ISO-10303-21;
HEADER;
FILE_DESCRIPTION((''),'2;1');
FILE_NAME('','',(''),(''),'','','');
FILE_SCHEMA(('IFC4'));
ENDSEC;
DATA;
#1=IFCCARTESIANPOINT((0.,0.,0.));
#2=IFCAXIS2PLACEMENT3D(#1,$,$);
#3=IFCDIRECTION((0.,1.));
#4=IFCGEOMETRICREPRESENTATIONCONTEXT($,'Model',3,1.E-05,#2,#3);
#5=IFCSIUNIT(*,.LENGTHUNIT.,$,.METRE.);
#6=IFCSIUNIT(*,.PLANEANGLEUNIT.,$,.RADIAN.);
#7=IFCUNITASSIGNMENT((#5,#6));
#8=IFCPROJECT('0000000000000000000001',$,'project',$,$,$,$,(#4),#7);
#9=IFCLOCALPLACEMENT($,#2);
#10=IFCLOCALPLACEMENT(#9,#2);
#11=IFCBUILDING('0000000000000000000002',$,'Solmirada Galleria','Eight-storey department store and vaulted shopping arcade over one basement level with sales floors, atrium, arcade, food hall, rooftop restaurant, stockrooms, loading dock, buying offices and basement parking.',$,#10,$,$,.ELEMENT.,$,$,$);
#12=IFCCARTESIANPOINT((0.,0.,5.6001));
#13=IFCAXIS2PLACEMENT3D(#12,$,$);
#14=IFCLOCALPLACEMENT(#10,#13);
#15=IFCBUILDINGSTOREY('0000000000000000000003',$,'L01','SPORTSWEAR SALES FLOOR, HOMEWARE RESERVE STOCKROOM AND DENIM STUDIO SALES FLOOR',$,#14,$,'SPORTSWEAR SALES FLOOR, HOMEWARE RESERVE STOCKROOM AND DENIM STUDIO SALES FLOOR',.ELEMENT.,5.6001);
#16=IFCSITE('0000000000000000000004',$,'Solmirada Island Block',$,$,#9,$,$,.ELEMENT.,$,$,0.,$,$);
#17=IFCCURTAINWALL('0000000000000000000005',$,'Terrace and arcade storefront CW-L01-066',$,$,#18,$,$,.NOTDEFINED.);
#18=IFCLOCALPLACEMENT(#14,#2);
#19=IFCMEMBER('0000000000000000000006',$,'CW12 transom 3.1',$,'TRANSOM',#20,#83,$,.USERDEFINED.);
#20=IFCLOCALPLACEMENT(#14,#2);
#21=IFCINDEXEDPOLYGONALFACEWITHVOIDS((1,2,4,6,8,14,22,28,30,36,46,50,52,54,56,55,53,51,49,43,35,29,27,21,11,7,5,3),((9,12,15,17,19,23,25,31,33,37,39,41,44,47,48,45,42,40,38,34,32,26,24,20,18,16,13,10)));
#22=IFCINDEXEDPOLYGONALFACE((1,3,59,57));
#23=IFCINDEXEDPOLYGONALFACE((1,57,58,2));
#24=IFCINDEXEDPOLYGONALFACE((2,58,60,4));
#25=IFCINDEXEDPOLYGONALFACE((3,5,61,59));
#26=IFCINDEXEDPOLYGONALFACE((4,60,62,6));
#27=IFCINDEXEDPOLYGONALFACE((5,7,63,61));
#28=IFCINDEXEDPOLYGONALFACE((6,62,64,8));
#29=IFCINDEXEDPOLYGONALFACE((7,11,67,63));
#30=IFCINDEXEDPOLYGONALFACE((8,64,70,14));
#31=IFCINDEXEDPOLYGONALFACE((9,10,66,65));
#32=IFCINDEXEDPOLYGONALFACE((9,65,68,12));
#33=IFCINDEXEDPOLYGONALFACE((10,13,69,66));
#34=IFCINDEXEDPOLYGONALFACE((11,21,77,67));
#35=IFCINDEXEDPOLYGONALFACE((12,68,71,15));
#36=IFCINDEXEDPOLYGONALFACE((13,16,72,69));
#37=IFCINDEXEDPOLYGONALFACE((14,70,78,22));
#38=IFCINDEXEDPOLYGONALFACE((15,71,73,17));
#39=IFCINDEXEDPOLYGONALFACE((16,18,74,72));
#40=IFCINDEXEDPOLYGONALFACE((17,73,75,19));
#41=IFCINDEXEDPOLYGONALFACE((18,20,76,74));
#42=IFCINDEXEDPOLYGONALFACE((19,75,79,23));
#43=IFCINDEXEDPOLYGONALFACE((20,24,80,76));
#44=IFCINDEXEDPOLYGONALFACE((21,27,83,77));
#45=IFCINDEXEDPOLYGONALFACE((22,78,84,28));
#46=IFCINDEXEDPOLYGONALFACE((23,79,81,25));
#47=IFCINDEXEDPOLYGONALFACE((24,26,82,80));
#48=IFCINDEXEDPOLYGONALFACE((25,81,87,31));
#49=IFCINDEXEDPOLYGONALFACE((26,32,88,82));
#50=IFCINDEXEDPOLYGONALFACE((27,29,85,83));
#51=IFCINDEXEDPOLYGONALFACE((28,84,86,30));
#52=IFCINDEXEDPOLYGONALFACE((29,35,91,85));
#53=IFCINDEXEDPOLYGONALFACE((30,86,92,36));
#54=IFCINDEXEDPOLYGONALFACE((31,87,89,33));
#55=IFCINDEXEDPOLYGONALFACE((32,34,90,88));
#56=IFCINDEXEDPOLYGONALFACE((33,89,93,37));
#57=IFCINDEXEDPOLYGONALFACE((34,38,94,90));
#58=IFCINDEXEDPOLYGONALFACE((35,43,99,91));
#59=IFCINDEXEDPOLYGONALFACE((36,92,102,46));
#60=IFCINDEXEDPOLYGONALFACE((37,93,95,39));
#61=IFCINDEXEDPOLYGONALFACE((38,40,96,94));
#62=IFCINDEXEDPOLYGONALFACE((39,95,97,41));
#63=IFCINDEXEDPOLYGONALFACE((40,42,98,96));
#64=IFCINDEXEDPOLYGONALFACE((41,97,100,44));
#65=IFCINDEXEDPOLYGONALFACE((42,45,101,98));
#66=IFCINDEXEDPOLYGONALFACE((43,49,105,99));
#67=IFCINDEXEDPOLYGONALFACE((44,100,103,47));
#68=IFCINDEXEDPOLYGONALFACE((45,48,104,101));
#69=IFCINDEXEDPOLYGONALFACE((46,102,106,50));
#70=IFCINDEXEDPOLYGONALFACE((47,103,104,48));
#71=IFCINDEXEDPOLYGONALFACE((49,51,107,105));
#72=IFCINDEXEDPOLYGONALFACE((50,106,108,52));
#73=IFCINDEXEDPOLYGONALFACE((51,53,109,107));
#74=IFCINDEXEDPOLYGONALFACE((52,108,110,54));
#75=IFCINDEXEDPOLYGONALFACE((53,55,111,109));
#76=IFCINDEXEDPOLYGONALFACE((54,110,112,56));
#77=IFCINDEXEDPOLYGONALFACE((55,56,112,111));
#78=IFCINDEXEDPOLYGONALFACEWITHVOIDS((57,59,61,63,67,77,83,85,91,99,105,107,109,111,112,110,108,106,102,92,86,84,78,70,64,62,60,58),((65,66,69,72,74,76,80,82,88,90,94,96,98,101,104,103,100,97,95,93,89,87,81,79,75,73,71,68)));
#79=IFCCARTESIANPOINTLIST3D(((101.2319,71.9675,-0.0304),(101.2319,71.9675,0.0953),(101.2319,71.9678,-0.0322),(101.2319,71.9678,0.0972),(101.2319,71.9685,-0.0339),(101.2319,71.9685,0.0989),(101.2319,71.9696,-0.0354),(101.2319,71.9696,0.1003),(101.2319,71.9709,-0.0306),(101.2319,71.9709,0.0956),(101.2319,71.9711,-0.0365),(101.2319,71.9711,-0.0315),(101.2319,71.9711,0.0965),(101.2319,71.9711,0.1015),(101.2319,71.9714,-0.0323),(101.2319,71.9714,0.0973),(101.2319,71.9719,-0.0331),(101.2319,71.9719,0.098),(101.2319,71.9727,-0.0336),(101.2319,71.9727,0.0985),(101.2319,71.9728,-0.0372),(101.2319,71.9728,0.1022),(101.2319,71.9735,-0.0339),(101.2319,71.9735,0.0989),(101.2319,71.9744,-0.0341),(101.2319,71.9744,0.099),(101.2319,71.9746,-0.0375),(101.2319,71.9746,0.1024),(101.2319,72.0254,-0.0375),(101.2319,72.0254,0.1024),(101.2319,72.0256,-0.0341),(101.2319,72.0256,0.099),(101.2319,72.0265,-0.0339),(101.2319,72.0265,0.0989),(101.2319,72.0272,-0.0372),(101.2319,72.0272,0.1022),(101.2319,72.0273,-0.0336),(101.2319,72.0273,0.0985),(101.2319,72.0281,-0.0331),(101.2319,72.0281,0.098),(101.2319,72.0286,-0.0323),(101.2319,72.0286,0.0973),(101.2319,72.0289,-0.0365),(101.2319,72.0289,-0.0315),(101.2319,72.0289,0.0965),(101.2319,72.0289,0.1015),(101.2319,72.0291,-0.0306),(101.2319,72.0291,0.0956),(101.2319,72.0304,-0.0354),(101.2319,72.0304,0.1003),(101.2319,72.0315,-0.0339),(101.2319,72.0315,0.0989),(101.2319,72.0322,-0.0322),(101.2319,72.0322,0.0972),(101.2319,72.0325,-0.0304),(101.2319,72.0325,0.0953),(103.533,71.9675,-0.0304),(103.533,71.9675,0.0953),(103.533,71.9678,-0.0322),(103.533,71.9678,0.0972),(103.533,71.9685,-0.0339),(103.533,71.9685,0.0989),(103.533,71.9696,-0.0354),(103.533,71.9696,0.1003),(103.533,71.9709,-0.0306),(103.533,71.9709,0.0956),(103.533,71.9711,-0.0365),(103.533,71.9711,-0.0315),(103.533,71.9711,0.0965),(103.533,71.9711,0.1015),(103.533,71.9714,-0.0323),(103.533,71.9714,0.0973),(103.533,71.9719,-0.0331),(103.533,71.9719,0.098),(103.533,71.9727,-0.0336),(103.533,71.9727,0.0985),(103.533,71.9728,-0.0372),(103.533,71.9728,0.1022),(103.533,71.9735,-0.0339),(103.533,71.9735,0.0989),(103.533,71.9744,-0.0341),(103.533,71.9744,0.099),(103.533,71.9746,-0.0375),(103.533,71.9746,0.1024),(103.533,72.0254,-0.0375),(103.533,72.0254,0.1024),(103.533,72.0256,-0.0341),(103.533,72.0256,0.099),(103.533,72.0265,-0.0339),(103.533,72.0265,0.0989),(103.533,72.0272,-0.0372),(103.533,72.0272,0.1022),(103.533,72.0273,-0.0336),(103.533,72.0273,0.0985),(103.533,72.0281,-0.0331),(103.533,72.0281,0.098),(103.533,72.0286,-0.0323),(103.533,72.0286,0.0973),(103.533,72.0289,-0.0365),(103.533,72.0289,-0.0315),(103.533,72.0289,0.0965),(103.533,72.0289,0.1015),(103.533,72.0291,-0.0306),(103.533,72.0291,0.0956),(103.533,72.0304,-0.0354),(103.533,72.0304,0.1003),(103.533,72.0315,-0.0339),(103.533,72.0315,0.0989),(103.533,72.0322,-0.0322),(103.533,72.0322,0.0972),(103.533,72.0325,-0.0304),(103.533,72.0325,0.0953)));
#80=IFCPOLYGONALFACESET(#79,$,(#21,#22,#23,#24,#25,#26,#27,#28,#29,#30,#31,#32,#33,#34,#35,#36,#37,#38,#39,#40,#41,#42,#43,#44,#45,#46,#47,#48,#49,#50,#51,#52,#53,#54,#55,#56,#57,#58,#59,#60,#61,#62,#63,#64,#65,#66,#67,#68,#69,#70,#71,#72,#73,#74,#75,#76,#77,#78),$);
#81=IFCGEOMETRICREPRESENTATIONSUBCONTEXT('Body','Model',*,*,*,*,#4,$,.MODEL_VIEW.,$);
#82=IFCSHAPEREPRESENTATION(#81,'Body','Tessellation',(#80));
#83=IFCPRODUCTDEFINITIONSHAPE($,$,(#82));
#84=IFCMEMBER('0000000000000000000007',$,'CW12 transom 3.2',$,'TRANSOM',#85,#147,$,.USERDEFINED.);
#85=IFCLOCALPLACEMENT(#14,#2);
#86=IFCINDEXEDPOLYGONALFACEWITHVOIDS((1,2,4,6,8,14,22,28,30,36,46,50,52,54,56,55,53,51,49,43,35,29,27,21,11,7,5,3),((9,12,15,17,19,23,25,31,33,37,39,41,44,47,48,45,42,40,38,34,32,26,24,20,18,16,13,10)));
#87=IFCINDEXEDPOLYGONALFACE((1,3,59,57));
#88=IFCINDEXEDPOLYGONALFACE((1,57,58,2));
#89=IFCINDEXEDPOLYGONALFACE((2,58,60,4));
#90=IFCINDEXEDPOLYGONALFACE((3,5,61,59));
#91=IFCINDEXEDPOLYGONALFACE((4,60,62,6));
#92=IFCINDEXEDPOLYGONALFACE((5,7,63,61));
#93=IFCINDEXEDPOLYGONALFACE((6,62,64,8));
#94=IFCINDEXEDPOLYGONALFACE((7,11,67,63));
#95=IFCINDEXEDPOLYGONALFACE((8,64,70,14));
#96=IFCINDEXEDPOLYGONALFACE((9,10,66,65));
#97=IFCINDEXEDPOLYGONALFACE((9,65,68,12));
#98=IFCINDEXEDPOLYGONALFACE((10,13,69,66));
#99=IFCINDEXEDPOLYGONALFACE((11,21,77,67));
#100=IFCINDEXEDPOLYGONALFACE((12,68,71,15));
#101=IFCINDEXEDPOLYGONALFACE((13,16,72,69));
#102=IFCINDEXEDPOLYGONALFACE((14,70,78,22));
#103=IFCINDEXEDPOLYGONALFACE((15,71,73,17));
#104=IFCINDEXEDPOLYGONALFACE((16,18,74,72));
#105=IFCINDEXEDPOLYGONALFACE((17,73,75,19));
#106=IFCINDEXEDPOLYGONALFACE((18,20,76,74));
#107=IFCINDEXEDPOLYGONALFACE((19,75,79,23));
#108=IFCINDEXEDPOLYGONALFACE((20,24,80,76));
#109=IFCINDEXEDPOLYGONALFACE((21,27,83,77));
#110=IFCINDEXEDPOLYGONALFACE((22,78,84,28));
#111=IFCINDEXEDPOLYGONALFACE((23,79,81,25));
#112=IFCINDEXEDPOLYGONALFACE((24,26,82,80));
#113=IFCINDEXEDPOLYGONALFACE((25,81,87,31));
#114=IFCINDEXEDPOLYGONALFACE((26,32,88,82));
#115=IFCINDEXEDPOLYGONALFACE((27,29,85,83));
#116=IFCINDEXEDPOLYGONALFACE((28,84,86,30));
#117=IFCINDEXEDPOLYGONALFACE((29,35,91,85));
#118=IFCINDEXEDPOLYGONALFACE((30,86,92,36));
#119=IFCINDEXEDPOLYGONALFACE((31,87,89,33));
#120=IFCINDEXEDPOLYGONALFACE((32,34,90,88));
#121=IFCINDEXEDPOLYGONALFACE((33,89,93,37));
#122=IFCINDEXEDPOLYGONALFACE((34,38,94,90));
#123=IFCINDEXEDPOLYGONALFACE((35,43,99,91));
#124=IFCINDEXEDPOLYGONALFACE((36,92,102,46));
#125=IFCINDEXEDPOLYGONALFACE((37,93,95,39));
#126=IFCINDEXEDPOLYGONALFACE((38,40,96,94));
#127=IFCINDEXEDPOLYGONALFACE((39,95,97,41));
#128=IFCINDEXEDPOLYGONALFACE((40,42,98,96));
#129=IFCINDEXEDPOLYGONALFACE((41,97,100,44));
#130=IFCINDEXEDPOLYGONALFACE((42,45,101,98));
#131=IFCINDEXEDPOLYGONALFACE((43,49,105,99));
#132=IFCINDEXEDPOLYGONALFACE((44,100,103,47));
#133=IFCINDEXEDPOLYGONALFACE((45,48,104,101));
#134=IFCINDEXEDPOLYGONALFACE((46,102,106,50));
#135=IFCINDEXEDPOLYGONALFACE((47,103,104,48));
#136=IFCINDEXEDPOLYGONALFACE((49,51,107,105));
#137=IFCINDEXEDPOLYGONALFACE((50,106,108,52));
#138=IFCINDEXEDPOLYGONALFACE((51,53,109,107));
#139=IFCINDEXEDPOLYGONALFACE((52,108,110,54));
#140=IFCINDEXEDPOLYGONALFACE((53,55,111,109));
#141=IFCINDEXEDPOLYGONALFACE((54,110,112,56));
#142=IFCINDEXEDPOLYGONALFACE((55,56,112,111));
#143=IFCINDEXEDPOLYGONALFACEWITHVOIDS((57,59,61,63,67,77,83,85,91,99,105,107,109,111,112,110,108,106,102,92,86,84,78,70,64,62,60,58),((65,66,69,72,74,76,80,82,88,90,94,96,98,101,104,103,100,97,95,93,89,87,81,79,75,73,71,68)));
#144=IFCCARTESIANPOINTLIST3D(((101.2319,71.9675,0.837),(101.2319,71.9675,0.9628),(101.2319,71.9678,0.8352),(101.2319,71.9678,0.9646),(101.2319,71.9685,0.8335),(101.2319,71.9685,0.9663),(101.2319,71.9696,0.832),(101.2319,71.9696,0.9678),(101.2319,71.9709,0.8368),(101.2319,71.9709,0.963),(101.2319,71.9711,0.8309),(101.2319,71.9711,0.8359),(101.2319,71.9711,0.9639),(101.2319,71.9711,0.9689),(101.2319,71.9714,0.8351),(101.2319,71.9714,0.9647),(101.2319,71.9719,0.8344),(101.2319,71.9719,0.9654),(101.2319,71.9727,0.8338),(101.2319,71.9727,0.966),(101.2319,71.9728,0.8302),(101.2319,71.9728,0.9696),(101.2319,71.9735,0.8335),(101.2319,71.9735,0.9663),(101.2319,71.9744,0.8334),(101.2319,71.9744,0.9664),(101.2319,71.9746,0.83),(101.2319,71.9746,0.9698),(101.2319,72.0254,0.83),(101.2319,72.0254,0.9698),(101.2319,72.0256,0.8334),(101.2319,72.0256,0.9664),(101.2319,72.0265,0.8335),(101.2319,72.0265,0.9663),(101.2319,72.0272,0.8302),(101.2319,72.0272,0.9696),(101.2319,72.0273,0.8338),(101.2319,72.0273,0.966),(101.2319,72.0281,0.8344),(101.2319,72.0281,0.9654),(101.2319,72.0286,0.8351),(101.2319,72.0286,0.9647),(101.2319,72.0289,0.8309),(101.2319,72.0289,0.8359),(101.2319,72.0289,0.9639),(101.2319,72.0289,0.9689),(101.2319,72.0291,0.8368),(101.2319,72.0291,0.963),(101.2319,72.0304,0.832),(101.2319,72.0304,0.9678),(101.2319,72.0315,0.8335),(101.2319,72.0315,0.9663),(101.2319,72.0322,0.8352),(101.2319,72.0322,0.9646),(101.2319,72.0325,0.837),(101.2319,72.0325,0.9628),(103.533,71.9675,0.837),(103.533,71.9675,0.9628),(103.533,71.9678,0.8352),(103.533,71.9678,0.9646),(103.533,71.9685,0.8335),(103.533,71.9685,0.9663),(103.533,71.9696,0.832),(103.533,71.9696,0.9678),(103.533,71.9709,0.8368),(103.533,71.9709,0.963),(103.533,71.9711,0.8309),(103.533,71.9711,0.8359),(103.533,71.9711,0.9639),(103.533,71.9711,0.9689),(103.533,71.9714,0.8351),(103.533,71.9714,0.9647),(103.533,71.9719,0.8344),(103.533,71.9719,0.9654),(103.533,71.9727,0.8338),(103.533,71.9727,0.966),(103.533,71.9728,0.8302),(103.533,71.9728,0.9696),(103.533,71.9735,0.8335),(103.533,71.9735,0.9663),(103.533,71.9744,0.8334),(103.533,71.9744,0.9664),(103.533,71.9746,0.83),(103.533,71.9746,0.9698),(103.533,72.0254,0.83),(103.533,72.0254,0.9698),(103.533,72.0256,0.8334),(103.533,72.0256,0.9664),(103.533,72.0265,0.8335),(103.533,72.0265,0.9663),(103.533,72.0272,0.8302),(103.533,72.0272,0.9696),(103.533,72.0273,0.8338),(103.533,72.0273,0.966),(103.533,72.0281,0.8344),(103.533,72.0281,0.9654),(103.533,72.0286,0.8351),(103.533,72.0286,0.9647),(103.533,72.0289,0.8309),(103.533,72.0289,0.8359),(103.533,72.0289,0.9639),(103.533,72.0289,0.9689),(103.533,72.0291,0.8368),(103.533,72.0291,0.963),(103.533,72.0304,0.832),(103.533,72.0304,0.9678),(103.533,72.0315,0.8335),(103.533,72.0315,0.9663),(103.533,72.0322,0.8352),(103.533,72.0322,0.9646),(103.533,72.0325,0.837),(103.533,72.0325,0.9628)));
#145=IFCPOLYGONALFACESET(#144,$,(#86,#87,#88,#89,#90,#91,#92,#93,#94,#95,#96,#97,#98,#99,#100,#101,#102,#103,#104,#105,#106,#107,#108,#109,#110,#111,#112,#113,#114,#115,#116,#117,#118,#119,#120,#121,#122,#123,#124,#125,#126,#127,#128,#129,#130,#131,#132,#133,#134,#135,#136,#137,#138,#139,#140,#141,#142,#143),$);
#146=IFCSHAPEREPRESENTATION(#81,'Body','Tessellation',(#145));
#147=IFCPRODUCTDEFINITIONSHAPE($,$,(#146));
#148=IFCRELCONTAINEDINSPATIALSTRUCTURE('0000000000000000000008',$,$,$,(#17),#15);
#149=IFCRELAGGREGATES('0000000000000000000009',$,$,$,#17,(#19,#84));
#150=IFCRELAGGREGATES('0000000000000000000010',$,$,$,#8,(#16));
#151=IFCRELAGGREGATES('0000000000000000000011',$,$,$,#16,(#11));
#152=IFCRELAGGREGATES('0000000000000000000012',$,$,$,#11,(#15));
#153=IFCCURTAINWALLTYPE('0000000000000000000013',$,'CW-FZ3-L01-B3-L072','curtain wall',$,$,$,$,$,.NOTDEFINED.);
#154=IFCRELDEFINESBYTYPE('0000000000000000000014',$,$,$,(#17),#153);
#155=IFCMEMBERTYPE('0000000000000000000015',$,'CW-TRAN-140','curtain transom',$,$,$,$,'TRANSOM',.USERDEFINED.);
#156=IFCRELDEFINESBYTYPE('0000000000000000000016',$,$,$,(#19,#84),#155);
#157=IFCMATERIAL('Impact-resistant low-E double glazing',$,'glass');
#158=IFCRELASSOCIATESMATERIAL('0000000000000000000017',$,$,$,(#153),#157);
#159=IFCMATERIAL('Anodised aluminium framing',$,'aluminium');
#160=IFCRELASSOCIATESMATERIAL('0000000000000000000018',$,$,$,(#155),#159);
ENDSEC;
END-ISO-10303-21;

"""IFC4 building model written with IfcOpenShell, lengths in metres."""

from ifc_helpers import new_model, si_unit, direction, frame, origin, origin_2d, place, context, subcontext, project, spatial, hollow_rectangle, extrude, material, material_profile, profile_set, type_object, element, aggregate, save


model = new_model("IFC4")

# Units and contexts
model_context = context("Model", 3, precision=1e-05, world=origin(), true_north=direction((0.0, 1.0)))
body_context = subcontext(model_context, "Body", "Model", "MODEL_VIEW")
ifc_project = project(units=[si_unit("LENGTHUNIT", "METRE"), si_unit("PLANEANGLEUNIT", "RADIAN")], contexts=[model_context])

# Site, building, storey
site_placement = place(None, origin())
site = spatial("IfcSite", under=ifc_project, at=site_placement, Name="Solmirada Island Block", CompositionType="ELEMENT", RefElevation=0.0)
building_placement = place(site_placement, origin())
building = spatial("IfcBuilding", under=site, at=building_placement, Name="Solmirada Galleria", Description="Eight-storey department store and vaulted shopping arcade over one basement level with sales floors, atrium, arcade, food hall, rooftop restaurant, stockrooms, loading dock, buying offices and basement parking.", CompositionType="ELEMENT")
storey_placement = place(building_placement, frame((0.0, 0.0, 5.6001)))
storey = spatial("IfcBuildingStorey", under=building, at=storey_placement, Name="L01", Description="SPORTSWEAR SALES FLOOR, HOMEWARE RESERVE STOCKROOM AND DENIM STUDIO SALES FLOOR", LongName="SPORTSWEAR SALES FLOOR, HOMEWARE RESERVE STOCKROOM AND DENIM STUDIO SALES FLOOR", CompositionType="ELEMENT", Elevation=5.6001)

# Curtain wall, members
ifc_material_1 = material(Name="Impact-resistant low-E double glazing", Category="glass")
curtain_wall_type = type_object("IfcCurtainWallType", Name="CW-FZ3-L01-B3-L072", Description="curtain wall", PredefinedType="NOTDEFINED", material=ifc_material_1)
curtain_wall_placement = place(storey_placement, origin())
curtain_wall = element("IfcCurtainWall", 1, at=curtain_wall_placement, inside=storey, type_object=curtain_wall_type, Name="Terrace and arcade storefront CW-L01-066", PredefinedType="NOTDEFINED")
ifc_material_2 = material(Name="Anodised aluminium framing", Category="aluminium")
ifc_material_profile_1 = material_profile(ifc_material_2, hollow_rectangle(XDim=0.0649, YDim=0.1399, WallThickness=0.0034, InnerFilletRadius=0.0034, OuterFilletRadius=0.0071, at=origin_2d()), Name="ALU-TRAN-140X65")
ifc_profile_set_1 = profile_set([ifc_material_profile_1], Name="Anodised aluminium framing")
member_type_1 = type_object("IfcMemberType", Name="CW-TRAN-140", Description="curtain transom", ElementType="TRANSOM", PredefinedType="USERDEFINED", material=ifc_profile_set_1)
member_1_placement = place(storey_placement, frame((101.2319, 72.0, 0.0325), z_axis=(1.0, 0.0, 0.0), x_axis=(0.0, 1.0, 0.0)))
member_1 = element("IfcMember", 2, at=member_1_placement, type_object=member_type_1, Name="CW12 transom 3.1", ObjectType="TRANSOM", PredefinedType="USERDEFINED", context=body_context, shape_type="SweptSolid", body=[
    extrude(hollow_rectangle(XDim=0.0649, YDim=0.1399, WallThickness=0.0034, InnerFilletRadius=0.0034, OuterFilletRadius=0.0071, at=origin_2d()), origin(), (0.0, 0.0, 1.0), 2.301),
])
member_2_placement = place(storey_placement, frame((101.2319, 72.0, 0.8999), z_axis=(1.0, 0.0, 0.0), x_axis=(0.0, 1.0, 0.0)))
member_2 = element("IfcMember", 3, at=member_2_placement, type_object=member_type_1, Name="CW12 transom 3.2", ObjectType="TRANSOM", PredefinedType="USERDEFINED", context=body_context, shape_type="SweptSolid", body=[
    extrude(hollow_rectangle(XDim=0.0649, YDim=0.1399, WallThickness=0.0034, InnerFilletRadius=0.0034, OuterFilletRadius=0.0071, at=origin_2d()), origin(), (0.0, 0.0, 1.0), 2.301),
])
aggregate(curtain_wall, [member_1, member_2])

save(model, "model.ifc")
